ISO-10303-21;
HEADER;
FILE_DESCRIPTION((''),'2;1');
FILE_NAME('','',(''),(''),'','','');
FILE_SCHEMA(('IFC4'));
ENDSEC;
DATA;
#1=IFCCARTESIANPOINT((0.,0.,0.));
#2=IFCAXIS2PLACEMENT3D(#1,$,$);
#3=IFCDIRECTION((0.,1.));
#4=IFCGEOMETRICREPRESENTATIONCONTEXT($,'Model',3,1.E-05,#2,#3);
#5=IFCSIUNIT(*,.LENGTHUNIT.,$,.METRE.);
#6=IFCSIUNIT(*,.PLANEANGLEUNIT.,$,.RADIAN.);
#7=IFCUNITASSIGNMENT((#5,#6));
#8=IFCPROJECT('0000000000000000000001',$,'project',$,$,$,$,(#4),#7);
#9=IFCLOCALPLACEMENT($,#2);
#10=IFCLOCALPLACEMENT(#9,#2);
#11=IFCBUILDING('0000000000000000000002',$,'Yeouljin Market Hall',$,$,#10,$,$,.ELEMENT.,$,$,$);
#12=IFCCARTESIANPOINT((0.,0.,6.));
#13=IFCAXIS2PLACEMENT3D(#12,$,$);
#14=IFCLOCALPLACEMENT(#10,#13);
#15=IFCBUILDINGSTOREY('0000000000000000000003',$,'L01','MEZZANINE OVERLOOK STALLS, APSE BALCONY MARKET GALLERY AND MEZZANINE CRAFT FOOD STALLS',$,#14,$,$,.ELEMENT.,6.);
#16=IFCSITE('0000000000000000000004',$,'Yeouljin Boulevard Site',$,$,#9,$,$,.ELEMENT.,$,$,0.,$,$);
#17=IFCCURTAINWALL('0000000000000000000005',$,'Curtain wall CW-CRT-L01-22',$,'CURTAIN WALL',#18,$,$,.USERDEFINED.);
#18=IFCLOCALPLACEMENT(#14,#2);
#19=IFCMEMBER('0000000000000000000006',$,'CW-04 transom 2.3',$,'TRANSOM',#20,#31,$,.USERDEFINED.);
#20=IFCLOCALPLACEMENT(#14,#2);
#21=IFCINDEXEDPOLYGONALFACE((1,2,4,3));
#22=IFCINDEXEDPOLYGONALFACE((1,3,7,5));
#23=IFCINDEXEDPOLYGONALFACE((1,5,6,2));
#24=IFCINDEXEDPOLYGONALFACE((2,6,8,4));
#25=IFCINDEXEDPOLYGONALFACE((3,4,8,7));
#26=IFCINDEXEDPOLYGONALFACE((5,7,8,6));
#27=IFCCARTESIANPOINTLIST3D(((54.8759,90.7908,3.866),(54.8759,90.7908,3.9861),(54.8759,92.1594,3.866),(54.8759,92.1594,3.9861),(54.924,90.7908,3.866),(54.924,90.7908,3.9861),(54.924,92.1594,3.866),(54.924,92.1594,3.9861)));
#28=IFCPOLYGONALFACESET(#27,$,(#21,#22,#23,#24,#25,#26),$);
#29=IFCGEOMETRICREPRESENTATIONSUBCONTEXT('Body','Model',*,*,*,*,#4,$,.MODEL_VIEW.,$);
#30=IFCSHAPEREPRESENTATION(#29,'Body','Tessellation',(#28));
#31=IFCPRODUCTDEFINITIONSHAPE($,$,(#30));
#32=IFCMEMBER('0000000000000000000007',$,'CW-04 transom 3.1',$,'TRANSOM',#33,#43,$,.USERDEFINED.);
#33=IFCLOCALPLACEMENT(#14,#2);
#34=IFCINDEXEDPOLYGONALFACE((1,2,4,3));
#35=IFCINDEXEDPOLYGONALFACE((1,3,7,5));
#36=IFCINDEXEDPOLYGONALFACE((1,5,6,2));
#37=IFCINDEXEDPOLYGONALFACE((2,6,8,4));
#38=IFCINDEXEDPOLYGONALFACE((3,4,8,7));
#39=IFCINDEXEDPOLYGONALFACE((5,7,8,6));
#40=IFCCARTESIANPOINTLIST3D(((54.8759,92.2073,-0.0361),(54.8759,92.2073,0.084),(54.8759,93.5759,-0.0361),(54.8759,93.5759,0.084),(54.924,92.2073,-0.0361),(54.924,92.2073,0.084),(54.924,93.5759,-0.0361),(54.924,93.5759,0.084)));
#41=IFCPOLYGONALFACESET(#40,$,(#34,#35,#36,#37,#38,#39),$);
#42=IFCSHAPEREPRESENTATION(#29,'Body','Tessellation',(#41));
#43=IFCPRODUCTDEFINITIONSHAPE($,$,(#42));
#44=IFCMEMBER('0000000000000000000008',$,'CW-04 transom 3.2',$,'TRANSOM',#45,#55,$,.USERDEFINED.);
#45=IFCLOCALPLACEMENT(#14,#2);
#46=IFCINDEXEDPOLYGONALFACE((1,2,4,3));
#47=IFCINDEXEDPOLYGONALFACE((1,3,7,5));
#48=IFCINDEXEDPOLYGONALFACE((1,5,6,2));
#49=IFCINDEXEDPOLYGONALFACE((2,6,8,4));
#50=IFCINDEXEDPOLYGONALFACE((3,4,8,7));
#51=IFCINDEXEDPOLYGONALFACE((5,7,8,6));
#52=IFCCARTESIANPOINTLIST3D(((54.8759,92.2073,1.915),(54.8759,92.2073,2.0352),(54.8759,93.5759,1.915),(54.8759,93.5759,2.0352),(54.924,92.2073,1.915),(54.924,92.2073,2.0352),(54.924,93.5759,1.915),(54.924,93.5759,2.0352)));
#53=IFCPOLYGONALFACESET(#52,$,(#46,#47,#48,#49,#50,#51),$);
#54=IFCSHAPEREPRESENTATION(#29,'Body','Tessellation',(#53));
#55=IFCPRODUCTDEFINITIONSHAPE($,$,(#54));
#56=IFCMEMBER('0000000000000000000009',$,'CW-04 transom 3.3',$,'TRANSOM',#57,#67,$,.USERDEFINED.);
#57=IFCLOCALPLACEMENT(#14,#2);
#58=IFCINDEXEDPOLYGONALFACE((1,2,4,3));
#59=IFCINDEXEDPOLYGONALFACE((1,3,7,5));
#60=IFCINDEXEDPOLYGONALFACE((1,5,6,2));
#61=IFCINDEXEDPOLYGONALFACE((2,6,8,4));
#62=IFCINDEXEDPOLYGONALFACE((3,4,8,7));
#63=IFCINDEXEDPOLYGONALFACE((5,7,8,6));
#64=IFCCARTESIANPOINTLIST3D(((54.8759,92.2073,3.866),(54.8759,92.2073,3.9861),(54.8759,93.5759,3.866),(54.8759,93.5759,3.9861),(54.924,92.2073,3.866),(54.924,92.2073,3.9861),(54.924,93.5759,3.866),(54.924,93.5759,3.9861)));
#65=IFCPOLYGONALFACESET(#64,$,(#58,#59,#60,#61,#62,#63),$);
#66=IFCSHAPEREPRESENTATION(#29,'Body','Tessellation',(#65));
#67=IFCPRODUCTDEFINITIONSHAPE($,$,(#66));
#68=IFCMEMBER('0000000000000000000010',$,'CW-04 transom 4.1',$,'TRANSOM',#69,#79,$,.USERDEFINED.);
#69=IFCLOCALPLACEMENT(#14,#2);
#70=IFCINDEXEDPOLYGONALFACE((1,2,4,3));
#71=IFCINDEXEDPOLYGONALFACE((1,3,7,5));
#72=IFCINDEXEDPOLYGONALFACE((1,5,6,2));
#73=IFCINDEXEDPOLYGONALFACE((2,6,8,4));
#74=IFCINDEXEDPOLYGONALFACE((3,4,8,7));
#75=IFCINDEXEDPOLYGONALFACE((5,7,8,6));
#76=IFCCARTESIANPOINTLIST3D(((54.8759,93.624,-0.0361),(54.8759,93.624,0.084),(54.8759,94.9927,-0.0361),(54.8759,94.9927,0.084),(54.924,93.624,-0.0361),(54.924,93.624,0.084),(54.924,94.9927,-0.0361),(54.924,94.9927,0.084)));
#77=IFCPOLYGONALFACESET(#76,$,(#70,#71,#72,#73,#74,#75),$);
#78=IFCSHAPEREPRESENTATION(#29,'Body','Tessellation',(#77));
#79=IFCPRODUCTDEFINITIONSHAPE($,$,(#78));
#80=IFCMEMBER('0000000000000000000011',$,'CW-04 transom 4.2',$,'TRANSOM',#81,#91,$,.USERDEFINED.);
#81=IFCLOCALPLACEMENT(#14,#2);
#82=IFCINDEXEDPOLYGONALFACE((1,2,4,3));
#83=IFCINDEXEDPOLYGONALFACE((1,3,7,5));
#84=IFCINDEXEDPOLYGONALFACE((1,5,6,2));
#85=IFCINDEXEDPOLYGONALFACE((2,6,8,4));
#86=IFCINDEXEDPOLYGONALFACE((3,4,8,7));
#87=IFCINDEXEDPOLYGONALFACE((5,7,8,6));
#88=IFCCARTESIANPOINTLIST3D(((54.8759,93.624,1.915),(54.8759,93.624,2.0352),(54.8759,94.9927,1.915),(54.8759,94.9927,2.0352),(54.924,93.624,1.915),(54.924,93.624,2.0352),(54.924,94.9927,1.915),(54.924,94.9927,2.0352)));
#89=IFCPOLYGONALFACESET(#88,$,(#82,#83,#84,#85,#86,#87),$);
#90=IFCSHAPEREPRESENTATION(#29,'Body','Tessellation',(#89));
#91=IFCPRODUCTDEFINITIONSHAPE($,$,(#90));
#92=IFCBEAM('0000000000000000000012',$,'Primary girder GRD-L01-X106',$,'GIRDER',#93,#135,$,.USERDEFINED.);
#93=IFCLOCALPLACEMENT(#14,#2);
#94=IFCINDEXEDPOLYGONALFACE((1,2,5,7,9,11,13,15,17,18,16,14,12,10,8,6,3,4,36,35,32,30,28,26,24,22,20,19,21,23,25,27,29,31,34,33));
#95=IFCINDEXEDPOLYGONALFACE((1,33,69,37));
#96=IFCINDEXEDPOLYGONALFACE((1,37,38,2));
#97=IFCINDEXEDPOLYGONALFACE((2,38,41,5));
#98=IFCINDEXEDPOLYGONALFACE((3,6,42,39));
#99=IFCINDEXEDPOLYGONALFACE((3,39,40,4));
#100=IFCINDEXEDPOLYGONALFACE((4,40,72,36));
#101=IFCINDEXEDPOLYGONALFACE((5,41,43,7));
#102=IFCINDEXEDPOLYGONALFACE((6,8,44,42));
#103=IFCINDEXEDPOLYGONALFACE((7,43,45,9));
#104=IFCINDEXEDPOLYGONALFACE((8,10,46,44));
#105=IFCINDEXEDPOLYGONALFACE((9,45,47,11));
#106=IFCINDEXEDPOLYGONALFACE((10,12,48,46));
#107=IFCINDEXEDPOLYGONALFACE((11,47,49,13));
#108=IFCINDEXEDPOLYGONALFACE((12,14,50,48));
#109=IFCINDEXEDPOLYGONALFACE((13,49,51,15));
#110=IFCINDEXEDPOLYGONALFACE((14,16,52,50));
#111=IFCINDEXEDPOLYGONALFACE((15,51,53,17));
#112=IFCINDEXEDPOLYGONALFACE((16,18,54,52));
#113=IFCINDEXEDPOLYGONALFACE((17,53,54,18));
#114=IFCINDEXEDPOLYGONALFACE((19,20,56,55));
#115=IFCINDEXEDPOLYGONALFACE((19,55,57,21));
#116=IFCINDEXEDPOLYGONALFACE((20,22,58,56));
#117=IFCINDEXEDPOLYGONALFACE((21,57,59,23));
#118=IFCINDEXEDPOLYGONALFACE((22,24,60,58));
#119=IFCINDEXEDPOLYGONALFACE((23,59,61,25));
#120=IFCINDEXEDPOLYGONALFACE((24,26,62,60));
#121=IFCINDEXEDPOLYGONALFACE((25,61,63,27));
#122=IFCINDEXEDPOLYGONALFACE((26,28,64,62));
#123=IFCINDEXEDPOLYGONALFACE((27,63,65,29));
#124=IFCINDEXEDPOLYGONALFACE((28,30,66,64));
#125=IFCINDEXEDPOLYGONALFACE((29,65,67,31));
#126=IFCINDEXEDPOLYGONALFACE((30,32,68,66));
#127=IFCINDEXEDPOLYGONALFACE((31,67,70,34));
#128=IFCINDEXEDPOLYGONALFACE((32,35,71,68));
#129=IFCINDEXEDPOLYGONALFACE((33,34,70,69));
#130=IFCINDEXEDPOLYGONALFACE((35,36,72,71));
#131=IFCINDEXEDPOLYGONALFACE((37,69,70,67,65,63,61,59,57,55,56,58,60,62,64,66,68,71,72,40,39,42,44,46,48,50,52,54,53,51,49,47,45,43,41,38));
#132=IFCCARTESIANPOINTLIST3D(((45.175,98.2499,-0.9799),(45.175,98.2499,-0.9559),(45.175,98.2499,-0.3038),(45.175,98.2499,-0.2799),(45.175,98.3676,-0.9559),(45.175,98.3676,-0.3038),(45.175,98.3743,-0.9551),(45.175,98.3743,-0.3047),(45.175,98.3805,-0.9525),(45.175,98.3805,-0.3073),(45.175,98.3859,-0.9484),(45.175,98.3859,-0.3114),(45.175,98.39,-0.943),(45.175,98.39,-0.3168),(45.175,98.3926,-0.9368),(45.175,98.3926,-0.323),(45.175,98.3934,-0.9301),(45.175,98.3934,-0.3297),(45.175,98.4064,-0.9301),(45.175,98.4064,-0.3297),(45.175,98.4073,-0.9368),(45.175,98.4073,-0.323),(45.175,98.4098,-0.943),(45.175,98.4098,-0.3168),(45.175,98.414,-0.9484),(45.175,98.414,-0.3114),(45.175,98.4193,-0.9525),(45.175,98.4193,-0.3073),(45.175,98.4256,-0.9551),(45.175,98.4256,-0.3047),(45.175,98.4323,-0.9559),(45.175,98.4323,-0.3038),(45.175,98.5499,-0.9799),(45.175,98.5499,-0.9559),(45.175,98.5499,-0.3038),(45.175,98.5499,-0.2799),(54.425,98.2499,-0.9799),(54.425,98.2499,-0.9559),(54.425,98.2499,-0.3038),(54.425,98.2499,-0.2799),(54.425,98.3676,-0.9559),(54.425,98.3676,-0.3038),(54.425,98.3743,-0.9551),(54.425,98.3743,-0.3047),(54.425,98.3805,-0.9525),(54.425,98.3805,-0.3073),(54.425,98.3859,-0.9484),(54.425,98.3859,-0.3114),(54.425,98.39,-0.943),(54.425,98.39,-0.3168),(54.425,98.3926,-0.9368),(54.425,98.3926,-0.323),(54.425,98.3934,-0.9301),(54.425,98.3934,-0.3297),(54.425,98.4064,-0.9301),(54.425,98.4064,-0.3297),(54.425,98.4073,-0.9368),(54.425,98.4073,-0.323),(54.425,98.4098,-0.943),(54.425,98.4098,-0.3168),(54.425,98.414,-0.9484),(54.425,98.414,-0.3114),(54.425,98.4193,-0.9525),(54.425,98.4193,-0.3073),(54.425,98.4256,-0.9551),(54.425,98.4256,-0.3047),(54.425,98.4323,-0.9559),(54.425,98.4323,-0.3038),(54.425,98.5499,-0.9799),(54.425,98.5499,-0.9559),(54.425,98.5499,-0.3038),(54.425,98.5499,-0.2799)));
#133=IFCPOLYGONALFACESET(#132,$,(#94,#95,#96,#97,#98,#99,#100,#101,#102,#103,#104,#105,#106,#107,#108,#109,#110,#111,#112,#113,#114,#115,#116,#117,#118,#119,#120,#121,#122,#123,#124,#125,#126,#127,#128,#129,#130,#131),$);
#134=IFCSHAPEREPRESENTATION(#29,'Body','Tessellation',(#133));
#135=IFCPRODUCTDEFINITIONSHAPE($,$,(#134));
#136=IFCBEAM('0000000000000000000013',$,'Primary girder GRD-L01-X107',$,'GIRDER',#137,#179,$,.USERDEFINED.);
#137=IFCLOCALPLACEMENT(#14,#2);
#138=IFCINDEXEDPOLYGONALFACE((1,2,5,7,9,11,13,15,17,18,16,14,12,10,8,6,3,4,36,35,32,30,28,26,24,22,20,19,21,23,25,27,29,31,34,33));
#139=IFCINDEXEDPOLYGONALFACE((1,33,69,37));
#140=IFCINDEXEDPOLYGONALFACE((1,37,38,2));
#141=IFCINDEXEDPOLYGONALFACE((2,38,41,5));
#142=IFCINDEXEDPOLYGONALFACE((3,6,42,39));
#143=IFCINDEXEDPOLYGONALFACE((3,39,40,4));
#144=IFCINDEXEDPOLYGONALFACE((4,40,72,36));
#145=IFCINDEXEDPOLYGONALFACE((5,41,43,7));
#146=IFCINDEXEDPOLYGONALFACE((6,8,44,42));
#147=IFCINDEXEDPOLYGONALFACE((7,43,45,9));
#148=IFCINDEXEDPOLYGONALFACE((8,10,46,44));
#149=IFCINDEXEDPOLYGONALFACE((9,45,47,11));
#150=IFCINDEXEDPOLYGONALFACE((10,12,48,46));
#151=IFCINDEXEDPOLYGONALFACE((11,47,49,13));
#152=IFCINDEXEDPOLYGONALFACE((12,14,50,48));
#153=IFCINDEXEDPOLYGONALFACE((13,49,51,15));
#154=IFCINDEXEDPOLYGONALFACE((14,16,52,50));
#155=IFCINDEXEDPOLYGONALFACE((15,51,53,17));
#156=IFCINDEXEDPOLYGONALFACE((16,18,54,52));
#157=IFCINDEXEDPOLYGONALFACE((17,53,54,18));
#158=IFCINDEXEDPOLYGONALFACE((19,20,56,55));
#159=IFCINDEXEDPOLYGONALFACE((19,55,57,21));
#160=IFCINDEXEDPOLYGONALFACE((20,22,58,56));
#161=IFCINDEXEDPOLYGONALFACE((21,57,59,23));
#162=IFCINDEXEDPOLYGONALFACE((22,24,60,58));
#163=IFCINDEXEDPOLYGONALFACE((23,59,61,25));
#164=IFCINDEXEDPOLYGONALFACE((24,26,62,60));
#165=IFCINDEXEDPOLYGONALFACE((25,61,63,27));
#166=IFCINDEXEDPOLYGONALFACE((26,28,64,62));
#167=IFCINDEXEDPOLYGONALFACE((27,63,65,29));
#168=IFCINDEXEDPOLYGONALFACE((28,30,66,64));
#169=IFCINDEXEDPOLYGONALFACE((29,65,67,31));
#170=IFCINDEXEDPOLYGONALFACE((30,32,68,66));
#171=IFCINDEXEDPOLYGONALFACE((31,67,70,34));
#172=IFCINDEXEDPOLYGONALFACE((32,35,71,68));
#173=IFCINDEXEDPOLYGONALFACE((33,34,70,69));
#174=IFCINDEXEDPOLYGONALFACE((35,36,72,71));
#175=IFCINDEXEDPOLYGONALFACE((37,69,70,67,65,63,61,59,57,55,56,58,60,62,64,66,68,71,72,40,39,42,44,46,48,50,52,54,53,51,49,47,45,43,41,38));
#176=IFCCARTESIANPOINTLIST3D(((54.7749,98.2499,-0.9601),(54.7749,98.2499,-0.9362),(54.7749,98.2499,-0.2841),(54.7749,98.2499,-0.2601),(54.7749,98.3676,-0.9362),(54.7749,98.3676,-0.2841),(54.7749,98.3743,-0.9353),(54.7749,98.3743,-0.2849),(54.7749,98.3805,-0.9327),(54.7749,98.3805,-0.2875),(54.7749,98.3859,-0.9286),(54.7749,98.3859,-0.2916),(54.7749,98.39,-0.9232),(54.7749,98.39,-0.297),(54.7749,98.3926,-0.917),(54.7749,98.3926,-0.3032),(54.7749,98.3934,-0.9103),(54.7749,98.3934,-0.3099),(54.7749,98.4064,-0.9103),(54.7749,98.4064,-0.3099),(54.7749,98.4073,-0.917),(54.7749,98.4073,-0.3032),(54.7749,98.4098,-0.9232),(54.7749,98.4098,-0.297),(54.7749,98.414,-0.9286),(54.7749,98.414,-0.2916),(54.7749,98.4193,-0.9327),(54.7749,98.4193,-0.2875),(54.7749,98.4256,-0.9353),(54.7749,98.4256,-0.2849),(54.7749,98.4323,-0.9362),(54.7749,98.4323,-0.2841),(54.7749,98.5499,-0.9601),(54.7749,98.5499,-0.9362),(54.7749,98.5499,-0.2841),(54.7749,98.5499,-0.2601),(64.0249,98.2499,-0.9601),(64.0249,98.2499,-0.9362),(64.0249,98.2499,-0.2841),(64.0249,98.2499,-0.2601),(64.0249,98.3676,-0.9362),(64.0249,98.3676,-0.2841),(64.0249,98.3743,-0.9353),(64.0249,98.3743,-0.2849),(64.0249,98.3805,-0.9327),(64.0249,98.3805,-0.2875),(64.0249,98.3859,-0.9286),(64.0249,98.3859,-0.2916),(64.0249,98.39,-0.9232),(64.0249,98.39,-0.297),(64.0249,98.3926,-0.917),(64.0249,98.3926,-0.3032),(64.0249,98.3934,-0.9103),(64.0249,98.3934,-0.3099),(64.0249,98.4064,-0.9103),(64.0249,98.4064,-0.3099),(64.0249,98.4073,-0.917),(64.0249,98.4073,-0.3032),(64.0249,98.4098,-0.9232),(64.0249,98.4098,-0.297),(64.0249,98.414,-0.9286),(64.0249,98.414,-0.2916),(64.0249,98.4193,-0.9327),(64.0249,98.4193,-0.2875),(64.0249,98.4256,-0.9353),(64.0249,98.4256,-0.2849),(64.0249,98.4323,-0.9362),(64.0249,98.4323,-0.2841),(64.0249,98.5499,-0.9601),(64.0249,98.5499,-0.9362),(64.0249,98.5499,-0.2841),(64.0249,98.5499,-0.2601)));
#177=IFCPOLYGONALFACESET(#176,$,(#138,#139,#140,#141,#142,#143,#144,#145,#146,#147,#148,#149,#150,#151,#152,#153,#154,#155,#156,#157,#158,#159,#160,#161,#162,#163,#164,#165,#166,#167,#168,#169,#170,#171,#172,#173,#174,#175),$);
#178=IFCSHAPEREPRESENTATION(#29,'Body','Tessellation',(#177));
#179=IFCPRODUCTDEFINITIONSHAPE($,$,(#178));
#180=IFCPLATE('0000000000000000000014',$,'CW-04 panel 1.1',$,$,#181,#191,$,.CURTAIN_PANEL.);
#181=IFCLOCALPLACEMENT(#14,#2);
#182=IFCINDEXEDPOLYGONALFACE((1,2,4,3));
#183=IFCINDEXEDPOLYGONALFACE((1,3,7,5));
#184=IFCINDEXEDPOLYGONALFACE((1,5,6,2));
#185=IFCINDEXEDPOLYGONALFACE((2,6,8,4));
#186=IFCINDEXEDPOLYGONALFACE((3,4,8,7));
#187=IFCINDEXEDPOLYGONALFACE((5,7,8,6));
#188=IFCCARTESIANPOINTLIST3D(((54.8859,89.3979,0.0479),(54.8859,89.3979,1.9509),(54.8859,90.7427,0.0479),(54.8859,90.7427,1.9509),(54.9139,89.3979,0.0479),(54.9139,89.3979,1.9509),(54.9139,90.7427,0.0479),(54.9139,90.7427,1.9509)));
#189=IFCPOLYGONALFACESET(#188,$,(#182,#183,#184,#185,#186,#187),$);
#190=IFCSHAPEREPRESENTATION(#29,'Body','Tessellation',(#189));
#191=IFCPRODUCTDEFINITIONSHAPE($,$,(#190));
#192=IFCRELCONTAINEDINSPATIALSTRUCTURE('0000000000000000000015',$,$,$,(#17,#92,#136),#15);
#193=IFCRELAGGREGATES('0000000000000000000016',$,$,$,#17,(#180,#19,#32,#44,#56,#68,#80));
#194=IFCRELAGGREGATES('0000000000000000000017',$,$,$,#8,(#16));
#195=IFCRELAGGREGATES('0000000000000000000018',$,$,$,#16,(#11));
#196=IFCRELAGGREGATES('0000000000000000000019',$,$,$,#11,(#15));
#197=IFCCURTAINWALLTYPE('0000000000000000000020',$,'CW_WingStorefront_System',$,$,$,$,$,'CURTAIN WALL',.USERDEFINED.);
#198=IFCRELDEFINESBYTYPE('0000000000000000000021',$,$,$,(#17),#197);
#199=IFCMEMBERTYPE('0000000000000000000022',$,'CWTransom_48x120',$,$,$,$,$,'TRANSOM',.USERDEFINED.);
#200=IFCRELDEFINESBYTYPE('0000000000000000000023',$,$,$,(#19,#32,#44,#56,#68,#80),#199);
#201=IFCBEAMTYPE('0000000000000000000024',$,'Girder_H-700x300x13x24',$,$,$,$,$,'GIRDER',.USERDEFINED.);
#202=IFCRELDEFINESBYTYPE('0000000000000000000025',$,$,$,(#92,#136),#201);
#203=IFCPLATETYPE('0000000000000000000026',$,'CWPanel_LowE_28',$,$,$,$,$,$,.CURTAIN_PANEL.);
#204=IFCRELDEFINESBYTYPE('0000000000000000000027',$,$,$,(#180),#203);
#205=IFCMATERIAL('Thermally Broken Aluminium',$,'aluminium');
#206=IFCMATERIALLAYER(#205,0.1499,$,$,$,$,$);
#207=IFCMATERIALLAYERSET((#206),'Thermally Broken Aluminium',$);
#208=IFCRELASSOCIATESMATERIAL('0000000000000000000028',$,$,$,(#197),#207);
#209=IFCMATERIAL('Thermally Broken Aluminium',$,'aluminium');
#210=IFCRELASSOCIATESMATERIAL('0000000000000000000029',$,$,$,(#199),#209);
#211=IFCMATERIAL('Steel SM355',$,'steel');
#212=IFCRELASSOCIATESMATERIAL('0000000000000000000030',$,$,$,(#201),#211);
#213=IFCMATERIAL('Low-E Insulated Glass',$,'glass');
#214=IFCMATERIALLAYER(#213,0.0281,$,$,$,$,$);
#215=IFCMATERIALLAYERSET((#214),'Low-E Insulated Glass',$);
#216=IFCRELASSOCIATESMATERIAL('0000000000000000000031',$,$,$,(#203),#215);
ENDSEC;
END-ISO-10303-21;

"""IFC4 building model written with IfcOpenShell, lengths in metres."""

from ifc_helpers import new_model, si_unit, direction, frame, origin, origin_2d, place, context, subcontext, project, spatial, rectangle, i_section, extrude, material, layer, layer_set, material_profile, profile_set, type_object, element, aggregate, save


model = new_model("IFC4")

# Units and contexts
model_context = context("Model", 3, precision=1e-05, world=origin(), true_north=direction((0.0, 1.0)))
body_context = subcontext(model_context, "Body", "Model", "MODEL_VIEW")
ifc_project = project(units=[si_unit("LENGTHUNIT", "METRE"), si_unit("PLANEANGLEUNIT", "RADIAN")], contexts=[model_context])

# Site, building, storey
site_placement = place(None, origin())
site = spatial("IfcSite", under=ifc_project, at=site_placement, Name="Yeouljin Boulevard Site", CompositionType="ELEMENT", RefElevation=0.0)
building_placement = place(site_placement, origin())
building = spatial("IfcBuilding", under=site, at=building_placement, Name="Yeouljin Market Hall", CompositionType="ELEMENT")
storey_placement = place(building_placement, frame((0.0, 0.0, 6.0)))
storey = spatial("IfcBuildingStorey", under=building, at=storey_placement, Name="L01", Description="MEZZANINE OVERLOOK STALLS, APSE BALCONY MARKET GALLERY AND MEZZANINE CRAFT FOOD STALLS", CompositionType="ELEMENT", Elevation=6.0)

# Curtain wall, members
ifc_material_1 = material(Name="Thermally Broken Aluminium", Category="aluminium")
ifc_layer_1 = layer(ifc_material_1, 0.1499)
ifc_layer_set_1 = layer_set([ifc_layer_1], Name="Thermally Broken Aluminium")
curtain_wall_type = type_object("IfcCurtainWallType", Name="CW_WingStorefront_System", ElementType="CURTAIN WALL", PredefinedType="USERDEFINED", material=ifc_layer_set_1)
curtain_wall_placement = place(storey_placement, origin())
curtain_wall = element("IfcCurtainWall", 1, at=curtain_wall_placement, inside=storey, type_object=curtain_wall_type, Name="Curtain wall CW-CRT-L01-22", ObjectType="CURTAIN WALL", PredefinedType="USERDEFINED")
ifc_material_2 = material(Name="Thermally Broken Aluminium", Category="aluminium")
ifc_material_profile_1 = material_profile(ifc_material_2, rectangle(XDim=0.0481, YDim=0.1201, at=origin_2d()), Name="CW-TRAN-48x120")
ifc_profile_set_1 = profile_set([ifc_material_profile_1], Name="Thermally Broken Aluminium")
member_type_1 = type_object("IfcMemberType", Name="CWTransom_48x120", ElementType="TRANSOM", PredefinedType="USERDEFINED", material=ifc_profile_set_1)
member_1_placement = place(storey_placement, frame((54.8999, 90.7908, 3.926), z_axis=(0.0, 1.0, 0.0), x_axis=(-1.0, 0.0, 0.0)))
member_1 = element("IfcMember", 2, at=member_1_placement, type_object=member_type_1, Name="CW-04 transom 2.3", ObjectType="TRANSOM", PredefinedType="USERDEFINED", context=body_context, shape_type="SweptSolid", body=[
    extrude(rectangle(XDim=0.0481, YDim=0.1201, at=origin_2d()), origin(), (0.0, 0.0, 1.0), 1.3687),
])
member_2_placement = place(storey_placement, frame((54.8999, 92.2073, 0.0239), z_axis=(0.0, 1.0, 0.0), x_axis=(-1.0, 0.0, 0.0)))
member_2 = element("IfcMember", 3, at=member_2_placement, type_object=member_type_1, Name="CW-04 transom 3.1", ObjectType="TRANSOM", PredefinedType="USERDEFINED", context=body_context, shape_type="SweptSolid", body=[
    extrude(rectangle(XDim=0.0481, YDim=0.1201, at=origin_2d()), origin(), (0.0, 0.0, 1.0), 1.3687),
])
member_3_placement = place(storey_placement, frame((54.8999, 92.2073, 1.9751), z_axis=(0.0, 1.0, 0.0), x_axis=(-1.0, 0.0, 0.0)))
member_3 = element("IfcMember", 4, at=member_3_placement, type_object=member_type_1, Name="CW-04 transom 3.2", ObjectType="TRANSOM", PredefinedType="USERDEFINED", context=body_context, shape_type="SweptSolid", body=[
    extrude(rectangle(XDim=0.0481, YDim=0.1201, at=origin_2d()), origin(), (0.0, 0.0, 1.0), 1.3687),
])
member_4_placement = place(storey_placement, frame((54.8999, 92.2073, 3.926), z_axis=(0.0, 1.0, 0.0), x_axis=(-1.0, 0.0, 0.0)))
member_4 = element("IfcMember", 5, at=member_4_placement, type_object=member_type_1, Name="CW-04 transom 3.3", ObjectType="TRANSOM", PredefinedType="USERDEFINED", context=body_context, shape_type="SweptSolid", body=[
    extrude(rectangle(XDim=0.0481, YDim=0.1201, at=origin_2d()), origin(), (0.0, 0.0, 1.0), 1.3687),
])
member_5_placement = place(storey_placement, frame((54.8999, 93.624, 0.0239), z_axis=(0.0, 1.0, 0.0), x_axis=(-1.0, 0.0, 0.0)))
member_5 = element("IfcMember", 6, at=member_5_placement, type_object=member_type_1, Name="CW-04 transom 4.1", ObjectType="TRANSOM", PredefinedType="USERDEFINED", context=body_context, shape_type="SweptSolid", body=[
    extrude(rectangle(XDim=0.0481, YDim=0.1201, at=origin_2d()), origin(), (0.0, 0.0, 1.0), 1.3687),
])
member_6_placement = place(storey_placement, frame((54.8999, 93.624, 1.9751), z_axis=(0.0, 1.0, 0.0), x_axis=(-1.0, 0.0, 0.0)))
member_6 = element("IfcMember", 7, at=member_6_placement, type_object=member_type_1, Name="CW-04 transom 4.2", ObjectType="TRANSOM", PredefinedType="USERDEFINED", context=body_context, shape_type="SweptSolid", body=[
    extrude(rectangle(XDim=0.0481, YDim=0.1201, at=origin_2d()), origin(), (0.0, 0.0, 1.0), 1.3687),
])

# Beams
ifc_material_3 = material(Name="Steel SM355", Category="steel")
ifc_material_profile_2 = material_profile(ifc_material_3, i_section(OverallWidth=0.3, OverallDepth=0.7, WebThickness=0.0129, FlangeThickness=0.0239, FilletRadius=0.0259, at=origin_2d()), Name="H-700x300x13x24")
ifc_profile_set_2 = profile_set([ifc_material_profile_2], Name="Steel SM355")
beam_type = type_object("IfcBeamType", Name="Girder_H-700x300x13x24", ElementType="GIRDER", PredefinedType="USERDEFINED", material=ifc_profile_set_2)
for number, where, z_axis, x_axis, name in (
    (8, (45.175, 98.3999, -0.6299), (1.0, 0.0, 0.0), (0.0, 1.0, 0.0), "Primary girder GRD-L01-X106"),
    (9, (54.7749, 98.3999, -0.6101), (1.0, 0.0, 0.0), (0.0, 1.0, 0.0), "Primary girder GRD-L01-X107"),
):
    element("IfcBeam", number, at=place(storey_placement, frame(where, z_axis=z_axis, x_axis=x_axis)), inside=storey, type_object=beam_type, Name=name, ObjectType="GIRDER", PredefinedType="USERDEFINED", context=body_context, shape_type="SweptSolid", body=[
        extrude(i_section(OverallWidth=0.3, OverallDepth=0.7, WebThickness=0.0129, FlangeThickness=0.0239, FilletRadius=0.0259, at=origin_2d()), origin(), (0.0, 0.0, 1.0), 9.25),
    ])

# Plate
ifc_material_4 = material(Name="Low-E Insulated Glass", Category="glass")
ifc_layer_2 = layer(ifc_material_4, 0.0281)
ifc_layer_set_2 = layer_set([ifc_layer_2], Name="Low-E Insulated Glass")
plate_type_1 = type_object("IfcPlateType", Name="CWPanel_LowE_28", PredefinedType="CURTAIN_PANEL", material=ifc_layer_set_2)
plate_1_placement = place(storey_placement, frame((54.8999, 90.0703, 0.0479), z_axis=(0.0, 0.0, 1.0), x_axis=(0.0, 1.0, 0.0)))
plate_1 = element("IfcPlate", 10, at=plate_1_placement, type_object=plate_type_1, Name="CW-04 panel 1.1", PredefinedType="CURTAIN_PANEL", context=body_context, shape_type="SweptSolid", body=[
    extrude(rectangle(XDim=1.3447, YDim=0.0281, at=origin_2d()), origin(), (0.0, 0.0, 1.0), 1.9031),
])
aggregate(curtain_wall, [plate_1, member_1, member_2, member_3, member_4, member_5, member_6])

save(model, "model.ifc")
